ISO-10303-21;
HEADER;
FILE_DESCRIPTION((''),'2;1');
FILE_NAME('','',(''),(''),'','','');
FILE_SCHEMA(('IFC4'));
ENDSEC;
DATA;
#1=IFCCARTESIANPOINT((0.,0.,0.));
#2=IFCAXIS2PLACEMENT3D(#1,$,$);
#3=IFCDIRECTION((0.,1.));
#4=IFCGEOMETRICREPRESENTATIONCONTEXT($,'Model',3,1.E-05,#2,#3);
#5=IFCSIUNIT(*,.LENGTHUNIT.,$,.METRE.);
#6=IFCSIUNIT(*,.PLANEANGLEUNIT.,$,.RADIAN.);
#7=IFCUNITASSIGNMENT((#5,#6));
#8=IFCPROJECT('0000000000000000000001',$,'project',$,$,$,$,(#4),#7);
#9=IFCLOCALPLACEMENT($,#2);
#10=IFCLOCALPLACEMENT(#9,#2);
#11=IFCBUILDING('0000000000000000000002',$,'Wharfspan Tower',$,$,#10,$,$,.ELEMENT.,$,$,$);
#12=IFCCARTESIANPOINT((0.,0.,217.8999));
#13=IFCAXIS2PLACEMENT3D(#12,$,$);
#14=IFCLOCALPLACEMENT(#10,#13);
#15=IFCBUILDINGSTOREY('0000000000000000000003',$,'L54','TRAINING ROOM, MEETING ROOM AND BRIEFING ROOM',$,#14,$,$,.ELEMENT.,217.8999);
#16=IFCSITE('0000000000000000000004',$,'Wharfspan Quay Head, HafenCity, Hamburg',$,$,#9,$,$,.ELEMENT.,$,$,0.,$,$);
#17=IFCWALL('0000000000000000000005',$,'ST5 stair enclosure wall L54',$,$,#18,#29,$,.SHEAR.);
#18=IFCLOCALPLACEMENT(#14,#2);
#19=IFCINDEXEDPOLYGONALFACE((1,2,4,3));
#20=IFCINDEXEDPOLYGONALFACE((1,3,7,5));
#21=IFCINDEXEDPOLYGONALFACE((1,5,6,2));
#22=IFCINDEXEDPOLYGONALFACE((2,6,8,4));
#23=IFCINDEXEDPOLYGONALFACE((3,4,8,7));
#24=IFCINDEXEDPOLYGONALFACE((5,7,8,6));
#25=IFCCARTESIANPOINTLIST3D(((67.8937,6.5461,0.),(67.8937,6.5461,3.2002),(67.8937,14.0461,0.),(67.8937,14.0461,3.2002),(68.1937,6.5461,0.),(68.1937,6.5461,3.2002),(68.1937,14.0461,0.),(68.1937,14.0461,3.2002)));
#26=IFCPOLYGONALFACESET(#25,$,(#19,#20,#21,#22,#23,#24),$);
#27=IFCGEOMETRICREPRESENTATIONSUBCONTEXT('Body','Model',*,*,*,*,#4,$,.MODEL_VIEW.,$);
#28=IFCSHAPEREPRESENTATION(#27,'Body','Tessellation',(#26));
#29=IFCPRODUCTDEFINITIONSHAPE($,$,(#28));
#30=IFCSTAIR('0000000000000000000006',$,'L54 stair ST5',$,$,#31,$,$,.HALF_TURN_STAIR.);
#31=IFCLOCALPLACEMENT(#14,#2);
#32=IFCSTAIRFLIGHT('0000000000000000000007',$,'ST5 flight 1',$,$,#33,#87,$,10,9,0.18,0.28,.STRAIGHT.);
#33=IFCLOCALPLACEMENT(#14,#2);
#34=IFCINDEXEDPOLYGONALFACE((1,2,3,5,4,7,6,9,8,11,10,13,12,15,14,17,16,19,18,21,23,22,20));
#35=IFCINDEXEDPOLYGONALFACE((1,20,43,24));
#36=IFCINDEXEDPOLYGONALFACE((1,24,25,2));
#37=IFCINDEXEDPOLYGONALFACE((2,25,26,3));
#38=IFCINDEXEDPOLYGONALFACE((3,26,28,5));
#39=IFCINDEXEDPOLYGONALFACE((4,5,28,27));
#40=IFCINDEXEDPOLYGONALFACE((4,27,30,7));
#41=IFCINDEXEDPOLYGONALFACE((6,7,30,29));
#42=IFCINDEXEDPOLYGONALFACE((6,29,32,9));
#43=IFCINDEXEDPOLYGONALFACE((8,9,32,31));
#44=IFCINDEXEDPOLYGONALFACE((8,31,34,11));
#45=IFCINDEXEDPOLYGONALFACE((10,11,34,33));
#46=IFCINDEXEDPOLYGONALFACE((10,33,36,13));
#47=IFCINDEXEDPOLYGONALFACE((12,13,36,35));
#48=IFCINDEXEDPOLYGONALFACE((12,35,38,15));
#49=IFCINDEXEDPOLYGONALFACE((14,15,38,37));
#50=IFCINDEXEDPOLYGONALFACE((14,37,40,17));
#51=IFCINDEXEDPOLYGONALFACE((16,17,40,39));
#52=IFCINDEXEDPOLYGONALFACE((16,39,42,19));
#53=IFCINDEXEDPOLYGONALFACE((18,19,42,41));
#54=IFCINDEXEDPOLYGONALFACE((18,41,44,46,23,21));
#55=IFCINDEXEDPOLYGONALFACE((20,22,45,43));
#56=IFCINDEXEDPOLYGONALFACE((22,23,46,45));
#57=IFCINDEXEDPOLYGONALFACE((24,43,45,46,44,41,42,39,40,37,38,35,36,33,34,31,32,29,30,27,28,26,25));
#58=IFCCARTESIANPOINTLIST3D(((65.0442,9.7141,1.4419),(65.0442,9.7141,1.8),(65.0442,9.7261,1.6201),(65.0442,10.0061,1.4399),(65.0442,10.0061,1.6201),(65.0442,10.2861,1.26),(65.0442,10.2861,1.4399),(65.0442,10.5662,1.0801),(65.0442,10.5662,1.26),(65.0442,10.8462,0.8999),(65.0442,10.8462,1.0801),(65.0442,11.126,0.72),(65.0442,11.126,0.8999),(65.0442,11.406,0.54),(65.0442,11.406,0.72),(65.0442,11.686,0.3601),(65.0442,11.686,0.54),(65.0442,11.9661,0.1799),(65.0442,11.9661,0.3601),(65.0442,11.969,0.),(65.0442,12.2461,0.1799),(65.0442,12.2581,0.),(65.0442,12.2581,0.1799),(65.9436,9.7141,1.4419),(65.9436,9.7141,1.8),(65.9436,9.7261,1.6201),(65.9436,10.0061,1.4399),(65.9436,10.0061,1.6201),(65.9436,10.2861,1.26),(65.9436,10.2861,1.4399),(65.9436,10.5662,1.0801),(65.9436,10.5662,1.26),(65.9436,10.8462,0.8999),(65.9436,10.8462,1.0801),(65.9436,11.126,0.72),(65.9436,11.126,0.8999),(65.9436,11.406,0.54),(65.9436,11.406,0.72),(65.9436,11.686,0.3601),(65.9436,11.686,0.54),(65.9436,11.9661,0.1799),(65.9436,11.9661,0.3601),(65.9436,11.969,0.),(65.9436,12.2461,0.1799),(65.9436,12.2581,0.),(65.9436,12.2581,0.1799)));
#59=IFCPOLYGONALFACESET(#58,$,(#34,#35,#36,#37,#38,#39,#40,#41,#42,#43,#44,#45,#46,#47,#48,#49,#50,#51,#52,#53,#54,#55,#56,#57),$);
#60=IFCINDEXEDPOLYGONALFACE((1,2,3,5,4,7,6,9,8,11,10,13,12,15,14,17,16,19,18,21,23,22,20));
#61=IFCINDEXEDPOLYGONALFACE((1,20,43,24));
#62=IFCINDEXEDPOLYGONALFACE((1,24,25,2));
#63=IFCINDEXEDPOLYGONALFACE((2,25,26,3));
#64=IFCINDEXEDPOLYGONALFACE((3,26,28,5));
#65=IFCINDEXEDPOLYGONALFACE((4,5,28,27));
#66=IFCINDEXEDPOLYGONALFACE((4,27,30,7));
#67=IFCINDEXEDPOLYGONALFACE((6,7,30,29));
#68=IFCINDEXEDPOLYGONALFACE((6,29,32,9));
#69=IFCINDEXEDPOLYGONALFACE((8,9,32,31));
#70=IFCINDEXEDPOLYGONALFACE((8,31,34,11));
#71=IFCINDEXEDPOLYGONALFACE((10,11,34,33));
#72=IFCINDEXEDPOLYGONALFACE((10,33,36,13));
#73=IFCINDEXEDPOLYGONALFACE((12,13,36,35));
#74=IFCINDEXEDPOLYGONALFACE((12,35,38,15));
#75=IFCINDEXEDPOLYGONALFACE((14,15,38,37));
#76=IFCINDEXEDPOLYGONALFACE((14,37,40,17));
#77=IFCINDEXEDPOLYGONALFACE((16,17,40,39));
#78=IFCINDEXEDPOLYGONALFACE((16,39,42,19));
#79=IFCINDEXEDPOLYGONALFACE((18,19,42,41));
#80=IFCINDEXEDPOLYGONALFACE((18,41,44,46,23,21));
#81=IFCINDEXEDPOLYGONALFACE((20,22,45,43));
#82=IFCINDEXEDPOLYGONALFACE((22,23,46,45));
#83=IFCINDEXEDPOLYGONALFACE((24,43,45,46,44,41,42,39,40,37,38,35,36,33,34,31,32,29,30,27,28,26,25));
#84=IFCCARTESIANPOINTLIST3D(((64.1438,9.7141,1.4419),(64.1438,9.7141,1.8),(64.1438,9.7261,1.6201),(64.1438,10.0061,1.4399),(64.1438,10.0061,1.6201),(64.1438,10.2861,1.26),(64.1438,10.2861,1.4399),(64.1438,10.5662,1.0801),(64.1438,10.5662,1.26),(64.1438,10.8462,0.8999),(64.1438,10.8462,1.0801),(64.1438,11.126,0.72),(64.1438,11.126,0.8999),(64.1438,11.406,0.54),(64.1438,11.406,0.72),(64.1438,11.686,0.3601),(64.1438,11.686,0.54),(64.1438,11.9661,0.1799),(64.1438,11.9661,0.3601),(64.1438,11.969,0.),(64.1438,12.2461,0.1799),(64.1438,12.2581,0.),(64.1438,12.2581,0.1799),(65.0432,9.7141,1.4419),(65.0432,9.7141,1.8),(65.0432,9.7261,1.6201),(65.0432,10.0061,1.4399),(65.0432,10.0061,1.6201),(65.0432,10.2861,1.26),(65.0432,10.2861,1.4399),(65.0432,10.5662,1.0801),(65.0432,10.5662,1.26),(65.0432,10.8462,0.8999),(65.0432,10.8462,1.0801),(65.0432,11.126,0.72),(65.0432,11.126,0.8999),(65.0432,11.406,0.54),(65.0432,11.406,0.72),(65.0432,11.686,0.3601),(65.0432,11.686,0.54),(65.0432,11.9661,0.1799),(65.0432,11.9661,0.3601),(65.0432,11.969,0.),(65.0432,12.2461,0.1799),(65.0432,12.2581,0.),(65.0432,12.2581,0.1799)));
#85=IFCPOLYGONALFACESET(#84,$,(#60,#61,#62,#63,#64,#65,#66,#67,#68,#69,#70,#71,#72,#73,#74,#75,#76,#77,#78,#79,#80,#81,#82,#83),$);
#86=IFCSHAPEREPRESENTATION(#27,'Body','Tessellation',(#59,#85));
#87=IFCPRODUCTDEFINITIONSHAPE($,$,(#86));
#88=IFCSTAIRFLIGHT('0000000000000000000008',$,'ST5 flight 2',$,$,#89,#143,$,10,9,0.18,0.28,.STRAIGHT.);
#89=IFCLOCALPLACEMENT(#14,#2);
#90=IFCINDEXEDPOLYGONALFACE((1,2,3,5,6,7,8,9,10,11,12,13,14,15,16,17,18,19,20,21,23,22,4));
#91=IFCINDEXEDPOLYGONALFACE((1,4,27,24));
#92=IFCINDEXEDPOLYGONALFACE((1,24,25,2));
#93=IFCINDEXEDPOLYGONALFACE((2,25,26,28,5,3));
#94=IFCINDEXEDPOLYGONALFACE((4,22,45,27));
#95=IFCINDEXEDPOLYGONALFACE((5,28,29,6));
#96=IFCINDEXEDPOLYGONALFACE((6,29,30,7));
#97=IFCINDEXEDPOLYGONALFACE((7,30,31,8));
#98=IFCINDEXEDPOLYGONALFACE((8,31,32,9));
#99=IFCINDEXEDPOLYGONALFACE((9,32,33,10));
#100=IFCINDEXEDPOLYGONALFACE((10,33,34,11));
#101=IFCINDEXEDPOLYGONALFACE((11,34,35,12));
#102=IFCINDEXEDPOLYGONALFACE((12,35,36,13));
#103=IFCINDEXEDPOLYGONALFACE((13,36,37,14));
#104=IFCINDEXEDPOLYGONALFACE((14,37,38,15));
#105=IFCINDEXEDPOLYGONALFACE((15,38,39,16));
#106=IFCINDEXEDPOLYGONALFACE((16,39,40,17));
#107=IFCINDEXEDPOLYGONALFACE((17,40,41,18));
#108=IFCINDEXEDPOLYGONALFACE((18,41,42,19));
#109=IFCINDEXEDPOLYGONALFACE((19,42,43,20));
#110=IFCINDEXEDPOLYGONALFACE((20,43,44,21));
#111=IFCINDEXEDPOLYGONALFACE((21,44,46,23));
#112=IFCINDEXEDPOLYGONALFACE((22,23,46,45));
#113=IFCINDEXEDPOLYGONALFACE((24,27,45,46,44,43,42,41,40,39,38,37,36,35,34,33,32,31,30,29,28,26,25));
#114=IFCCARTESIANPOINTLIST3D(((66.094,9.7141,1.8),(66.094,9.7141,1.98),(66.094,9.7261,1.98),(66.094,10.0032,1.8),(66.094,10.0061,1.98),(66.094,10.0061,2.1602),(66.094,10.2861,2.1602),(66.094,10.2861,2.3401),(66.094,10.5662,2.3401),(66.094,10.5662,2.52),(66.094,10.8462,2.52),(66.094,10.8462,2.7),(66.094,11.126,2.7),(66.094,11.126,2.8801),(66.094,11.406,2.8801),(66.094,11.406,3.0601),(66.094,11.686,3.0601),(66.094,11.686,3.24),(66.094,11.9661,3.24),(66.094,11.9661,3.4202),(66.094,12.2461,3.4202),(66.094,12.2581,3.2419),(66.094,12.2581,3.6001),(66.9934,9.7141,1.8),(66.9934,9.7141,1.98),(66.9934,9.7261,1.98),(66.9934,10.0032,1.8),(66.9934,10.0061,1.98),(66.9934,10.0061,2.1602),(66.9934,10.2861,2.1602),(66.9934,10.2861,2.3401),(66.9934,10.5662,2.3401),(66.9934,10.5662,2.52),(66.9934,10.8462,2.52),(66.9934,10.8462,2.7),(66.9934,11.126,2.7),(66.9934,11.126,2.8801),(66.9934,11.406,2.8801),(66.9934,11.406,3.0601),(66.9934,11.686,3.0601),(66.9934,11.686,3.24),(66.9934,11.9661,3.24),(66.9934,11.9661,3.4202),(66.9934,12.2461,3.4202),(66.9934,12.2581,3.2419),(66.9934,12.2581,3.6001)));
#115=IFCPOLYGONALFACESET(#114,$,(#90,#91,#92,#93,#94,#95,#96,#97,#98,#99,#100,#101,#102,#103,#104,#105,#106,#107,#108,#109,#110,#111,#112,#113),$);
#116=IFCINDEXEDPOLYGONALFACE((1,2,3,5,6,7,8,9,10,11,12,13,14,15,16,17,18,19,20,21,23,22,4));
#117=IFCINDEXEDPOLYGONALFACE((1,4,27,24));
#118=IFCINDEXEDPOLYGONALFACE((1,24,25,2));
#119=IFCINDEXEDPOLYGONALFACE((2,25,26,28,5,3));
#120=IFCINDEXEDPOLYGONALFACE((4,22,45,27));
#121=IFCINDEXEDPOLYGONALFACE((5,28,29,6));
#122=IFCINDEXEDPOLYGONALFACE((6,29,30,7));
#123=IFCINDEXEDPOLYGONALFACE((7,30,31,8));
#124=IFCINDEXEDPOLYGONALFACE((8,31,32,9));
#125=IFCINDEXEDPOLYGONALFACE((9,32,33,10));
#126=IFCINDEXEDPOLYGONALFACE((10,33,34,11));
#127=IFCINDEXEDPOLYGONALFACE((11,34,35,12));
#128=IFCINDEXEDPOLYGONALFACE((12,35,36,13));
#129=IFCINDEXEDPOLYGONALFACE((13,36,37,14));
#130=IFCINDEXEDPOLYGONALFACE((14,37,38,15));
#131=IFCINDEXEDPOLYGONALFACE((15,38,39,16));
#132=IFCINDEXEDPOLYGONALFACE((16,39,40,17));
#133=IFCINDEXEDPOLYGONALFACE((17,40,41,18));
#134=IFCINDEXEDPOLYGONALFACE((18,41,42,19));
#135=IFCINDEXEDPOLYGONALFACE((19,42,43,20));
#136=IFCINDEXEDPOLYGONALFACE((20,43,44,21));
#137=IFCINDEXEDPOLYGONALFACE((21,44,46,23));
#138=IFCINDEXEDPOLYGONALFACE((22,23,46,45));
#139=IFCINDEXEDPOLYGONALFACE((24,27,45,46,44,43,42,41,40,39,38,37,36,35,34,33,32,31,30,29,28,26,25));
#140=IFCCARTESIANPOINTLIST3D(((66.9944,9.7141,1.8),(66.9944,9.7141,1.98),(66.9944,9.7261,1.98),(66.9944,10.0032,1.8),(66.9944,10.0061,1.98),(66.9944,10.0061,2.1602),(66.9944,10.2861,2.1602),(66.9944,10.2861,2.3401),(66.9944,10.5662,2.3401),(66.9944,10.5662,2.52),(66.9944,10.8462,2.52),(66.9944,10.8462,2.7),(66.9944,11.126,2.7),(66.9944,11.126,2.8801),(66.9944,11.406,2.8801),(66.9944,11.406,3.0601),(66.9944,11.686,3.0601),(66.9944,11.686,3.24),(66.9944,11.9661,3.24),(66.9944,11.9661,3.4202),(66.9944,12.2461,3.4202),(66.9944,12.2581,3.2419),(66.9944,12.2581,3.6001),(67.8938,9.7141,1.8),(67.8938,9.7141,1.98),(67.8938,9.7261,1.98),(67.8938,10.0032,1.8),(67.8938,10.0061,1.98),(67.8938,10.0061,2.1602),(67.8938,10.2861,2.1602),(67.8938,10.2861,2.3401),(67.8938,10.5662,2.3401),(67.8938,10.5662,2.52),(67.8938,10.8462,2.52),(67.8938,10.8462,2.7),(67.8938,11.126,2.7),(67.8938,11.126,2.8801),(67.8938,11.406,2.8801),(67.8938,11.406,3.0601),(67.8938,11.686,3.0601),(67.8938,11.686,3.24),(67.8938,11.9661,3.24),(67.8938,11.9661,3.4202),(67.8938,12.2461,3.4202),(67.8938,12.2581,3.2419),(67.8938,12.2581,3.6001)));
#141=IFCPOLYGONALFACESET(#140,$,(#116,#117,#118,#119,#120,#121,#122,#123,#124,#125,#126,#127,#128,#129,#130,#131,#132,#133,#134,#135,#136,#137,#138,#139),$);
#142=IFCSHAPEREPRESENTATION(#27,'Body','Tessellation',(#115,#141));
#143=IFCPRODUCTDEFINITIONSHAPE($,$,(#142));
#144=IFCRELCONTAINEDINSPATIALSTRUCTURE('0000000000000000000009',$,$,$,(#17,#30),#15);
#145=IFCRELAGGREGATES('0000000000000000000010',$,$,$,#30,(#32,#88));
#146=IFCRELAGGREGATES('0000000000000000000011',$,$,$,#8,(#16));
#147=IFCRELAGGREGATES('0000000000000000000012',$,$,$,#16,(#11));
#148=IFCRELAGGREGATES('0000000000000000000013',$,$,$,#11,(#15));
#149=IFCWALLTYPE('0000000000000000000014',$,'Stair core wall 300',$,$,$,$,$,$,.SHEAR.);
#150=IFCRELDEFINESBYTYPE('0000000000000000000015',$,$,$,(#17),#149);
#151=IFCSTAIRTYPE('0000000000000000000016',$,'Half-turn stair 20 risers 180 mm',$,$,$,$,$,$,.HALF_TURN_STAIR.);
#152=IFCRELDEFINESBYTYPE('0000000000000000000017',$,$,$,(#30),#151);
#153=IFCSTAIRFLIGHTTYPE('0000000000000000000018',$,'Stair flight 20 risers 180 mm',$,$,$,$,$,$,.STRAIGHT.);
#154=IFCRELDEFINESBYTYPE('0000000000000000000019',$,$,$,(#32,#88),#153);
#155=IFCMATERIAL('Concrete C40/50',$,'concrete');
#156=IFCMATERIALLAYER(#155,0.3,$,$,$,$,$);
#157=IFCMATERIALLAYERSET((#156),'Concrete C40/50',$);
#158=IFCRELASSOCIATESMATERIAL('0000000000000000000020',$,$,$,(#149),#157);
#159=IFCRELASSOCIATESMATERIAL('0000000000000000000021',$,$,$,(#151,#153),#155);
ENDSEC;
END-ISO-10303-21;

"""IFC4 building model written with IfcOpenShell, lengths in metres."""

from ifc_helpers import new_model, si_unit, direction, frame, frame_2d, origin, place, context, subcontext, project, spatial, polyline, rectangle, outline, extrude, material, layer, layer_set, type_object, element, aggregate, save


model = new_model("IFC4")

# Units and contexts
model_context = context("Model", 3, precision=1e-05, world=origin(), true_north=direction((0.0, 1.0)))
body_context = subcontext(model_context, "Body", "Model", "MODEL_VIEW")
ifc_project = project(units=[si_unit("LENGTHUNIT", "METRE"), si_unit("PLANEANGLEUNIT", "RADIAN")], contexts=[model_context])

# Site, building, storey
site_placement = place(None, origin())
site = spatial("IfcSite", under=ifc_project, at=site_placement, Name="Wharfspan Quay Head, HafenCity, Hamburg", CompositionType="ELEMENT", RefElevation=0.0)
building_placement = place(site_placement, origin())
building = spatial("IfcBuilding", under=site, at=building_placement, Name="Wharfspan Tower", CompositionType="ELEMENT")
storey_placement = place(building_placement, frame((0.0, 0.0, 217.8999)))
storey = spatial("IfcBuildingStorey", under=building, at=storey_placement, Name="L54", Description="TRAINING ROOM, MEETING ROOM AND BRIEFING ROOM", CompositionType="ELEMENT", Elevation=217.8999)

# Wall
ifc_material_1 = material(Name="Concrete C40/50", Category="concrete")
ifc_layer_1 = layer(ifc_material_1, 0.3)
ifc_layer_set_1 = layer_set([ifc_layer_1], Name="Concrete C40/50")
wall_type_1 = type_object("IfcWallType", Name="Stair core wall 300", PredefinedType="SHEAR", material=ifc_layer_set_1)
wall_1_placement = place(storey_placement, frame((68.0437, 6.5461, 0.0), z_axis=(0.0, 0.0, 1.0), x_axis=(0.0, 1.0, 0.0)))
element("IfcWall", 1, at=wall_1_placement, inside=storey, type_object=wall_type_1, Name="ST5 stair enclosure wall L54", PredefinedType="SHEAR", context=body_context, shape_type="SweptSolid", body=[
    extrude(rectangle(XDim=7.5, YDim=0.3, at=frame_2d((3.75, 0.0))), origin(), (0.0, 0.0, 1.0), 3.2002),
])

# Stair, stair flights
stair_type = type_object("IfcStairType", Name="Half-turn stair 20 risers 180 mm", PredefinedType="HALF_TURN_STAIR", material=ifc_material_1)
stair_placement = place(storey_placement, origin())
stair = element("IfcStair", 2, at=stair_placement, inside=storey, type_object=stair_type, Name="L54 stair ST5", PredefinedType="HALF_TURN_STAIR")
stair_flight_type = type_object("IfcStairFlightType", Name="Stair flight 20 risers 180 mm", PredefinedType="STRAIGHT", material=ifc_material_1)
stair_flight_1_placement = place(storey_placement, frame((65.0437, 12.2461, 0.0), z_axis=(0.0, 0.0, 1.0), x_axis=(0.0, -1.0, 0.0)))
stair_flight_1 = element("IfcStairFlight", 3, at=stair_flight_1_placement, type_object=stair_flight_type, Name="ST5 flight 1", NumberOfRisers=10, NumberOfTreads=9, PredefinedType="STRAIGHT", RiserHeight=0.18, TreadLength=0.28, context=body_context, shape_type="SweptSolid", body=[
    extrude(outline(polyline([(-0.012, 0.0), (-0.012, 0.1799), (0.0, 0.1799), (0.28, 0.1799), (0.28, 0.3601), (0.5601, 0.3601), (0.5601, 0.54), (0.8401, 0.54), (0.8401, 0.72), (1.1201, 0.72), (1.1201, 0.8999), (1.3999, 0.8999), (1.3999, 1.0801), (1.6799, 1.0801), (1.6799, 1.26), (1.96, 1.26), (1.96, 1.4399), (2.24, 1.4399), (2.24, 1.6201), (2.52, 1.6201), (2.532, 1.8), (2.532, 1.4419), (0.2771, 0.0), (-0.012, 0.0)])), frame((0.0, 0.8999, 0.0), z_axis=(0.0, -1.0, 0.0), x_axis=(1.0, 0.0, 0.0)), (0.0, 0.0, 1.0), 0.8994),
    extrude(outline(polyline([(-0.012, 0.0), (-0.012, 0.1799), (0.0, 0.1799), (0.28, 0.1799), (0.28, 0.3601), (0.5601, 0.3601), (0.5601, 0.54), (0.8401, 0.54), (0.8401, 0.72), (1.1201, 0.72), (1.1201, 0.8999), (1.3999, 0.8999), (1.3999, 1.0801), (1.6799, 1.0801), (1.6799, 1.26), (1.96, 1.26), (1.96, 1.4399), (2.24, 1.4399), (2.24, 1.6201), (2.52, 1.6201), (2.532, 1.8), (2.532, 1.4419), (0.2771, 0.0), (-0.012, 0.0)])), frame((0.0, -0.0005, 0.0), z_axis=(0.0, -1.0, 0.0), x_axis=(1.0, 0.0, 0.0)), (0.0, 0.0, 1.0), 0.8994),
])
stair_flight_2_placement = place(storey_placement, frame((66.9939, 9.7261, 1.8), z_axis=(0.0, 0.0, 1.0), x_axis=(0.0, 1.0, 0.0)))
stair_flight_2 = element("IfcStairFlight", 4, at=stair_flight_2_placement, type_object=stair_flight_type, Name="ST5 flight 2", NumberOfRisers=10, NumberOfTreads=9, PredefinedType="STRAIGHT", RiserHeight=0.18, TreadLength=0.28, context=body_context, shape_type="SweptSolid", body=[
    extrude(outline(polyline([(-0.012, 0.0), (-0.012, 0.1799), (0.0, 0.1799), (0.28, 0.1799), (0.28, 0.3601), (0.5601, 0.3601), (0.5601, 0.54), (0.8401, 0.54), (0.8401, 0.72), (1.1201, 0.72), (1.1201, 0.8999), (1.3999, 0.8999), (1.3999, 1.0801), (1.6799, 1.0801), (1.6799, 1.26), (1.96, 1.26), (1.96, 1.4399), (2.24, 1.4399), (2.24, 1.6201), (2.52, 1.6201), (2.532, 1.8), (2.532, 1.4419), (0.2771, 0.0), (-0.012, 0.0)])), frame((0.0, 0.8999, 0.0), z_axis=(0.0, -1.0, 0.0), x_axis=(1.0, 0.0, 0.0)), (0.0, 0.0, 1.0), 0.8994),
    extrude(outline(polyline([(-0.012, 0.0), (-0.012, 0.1799), (0.0, 0.1799), (0.28, 0.1799), (0.28, 0.3601), (0.5601, 0.3601), (0.5601, 0.54), (0.8401, 0.54), (0.8401, 0.72), (1.1201, 0.72), (1.1201, 0.8999), (1.3999, 0.8999), (1.3999, 1.0801), (1.6799, 1.0801), (1.6799, 1.26), (1.96, 1.26), (1.96, 1.4399), (2.24, 1.4399), (2.24, 1.6201), (2.52, 1.6201), (2.532, 1.8), (2.532, 1.4419), (0.2771, 0.0), (-0.012, 0.0)])), frame((0.0, -0.0005, 0.0), z_axis=(0.0, -1.0, 0.0), x_axis=(1.0, 0.0, 0.0)), (0.0, 0.0, 1.0), 0.8994),
])
aggregate(stair, [stair_flight_1, stair_flight_2])

save(model, "model.ifc")
